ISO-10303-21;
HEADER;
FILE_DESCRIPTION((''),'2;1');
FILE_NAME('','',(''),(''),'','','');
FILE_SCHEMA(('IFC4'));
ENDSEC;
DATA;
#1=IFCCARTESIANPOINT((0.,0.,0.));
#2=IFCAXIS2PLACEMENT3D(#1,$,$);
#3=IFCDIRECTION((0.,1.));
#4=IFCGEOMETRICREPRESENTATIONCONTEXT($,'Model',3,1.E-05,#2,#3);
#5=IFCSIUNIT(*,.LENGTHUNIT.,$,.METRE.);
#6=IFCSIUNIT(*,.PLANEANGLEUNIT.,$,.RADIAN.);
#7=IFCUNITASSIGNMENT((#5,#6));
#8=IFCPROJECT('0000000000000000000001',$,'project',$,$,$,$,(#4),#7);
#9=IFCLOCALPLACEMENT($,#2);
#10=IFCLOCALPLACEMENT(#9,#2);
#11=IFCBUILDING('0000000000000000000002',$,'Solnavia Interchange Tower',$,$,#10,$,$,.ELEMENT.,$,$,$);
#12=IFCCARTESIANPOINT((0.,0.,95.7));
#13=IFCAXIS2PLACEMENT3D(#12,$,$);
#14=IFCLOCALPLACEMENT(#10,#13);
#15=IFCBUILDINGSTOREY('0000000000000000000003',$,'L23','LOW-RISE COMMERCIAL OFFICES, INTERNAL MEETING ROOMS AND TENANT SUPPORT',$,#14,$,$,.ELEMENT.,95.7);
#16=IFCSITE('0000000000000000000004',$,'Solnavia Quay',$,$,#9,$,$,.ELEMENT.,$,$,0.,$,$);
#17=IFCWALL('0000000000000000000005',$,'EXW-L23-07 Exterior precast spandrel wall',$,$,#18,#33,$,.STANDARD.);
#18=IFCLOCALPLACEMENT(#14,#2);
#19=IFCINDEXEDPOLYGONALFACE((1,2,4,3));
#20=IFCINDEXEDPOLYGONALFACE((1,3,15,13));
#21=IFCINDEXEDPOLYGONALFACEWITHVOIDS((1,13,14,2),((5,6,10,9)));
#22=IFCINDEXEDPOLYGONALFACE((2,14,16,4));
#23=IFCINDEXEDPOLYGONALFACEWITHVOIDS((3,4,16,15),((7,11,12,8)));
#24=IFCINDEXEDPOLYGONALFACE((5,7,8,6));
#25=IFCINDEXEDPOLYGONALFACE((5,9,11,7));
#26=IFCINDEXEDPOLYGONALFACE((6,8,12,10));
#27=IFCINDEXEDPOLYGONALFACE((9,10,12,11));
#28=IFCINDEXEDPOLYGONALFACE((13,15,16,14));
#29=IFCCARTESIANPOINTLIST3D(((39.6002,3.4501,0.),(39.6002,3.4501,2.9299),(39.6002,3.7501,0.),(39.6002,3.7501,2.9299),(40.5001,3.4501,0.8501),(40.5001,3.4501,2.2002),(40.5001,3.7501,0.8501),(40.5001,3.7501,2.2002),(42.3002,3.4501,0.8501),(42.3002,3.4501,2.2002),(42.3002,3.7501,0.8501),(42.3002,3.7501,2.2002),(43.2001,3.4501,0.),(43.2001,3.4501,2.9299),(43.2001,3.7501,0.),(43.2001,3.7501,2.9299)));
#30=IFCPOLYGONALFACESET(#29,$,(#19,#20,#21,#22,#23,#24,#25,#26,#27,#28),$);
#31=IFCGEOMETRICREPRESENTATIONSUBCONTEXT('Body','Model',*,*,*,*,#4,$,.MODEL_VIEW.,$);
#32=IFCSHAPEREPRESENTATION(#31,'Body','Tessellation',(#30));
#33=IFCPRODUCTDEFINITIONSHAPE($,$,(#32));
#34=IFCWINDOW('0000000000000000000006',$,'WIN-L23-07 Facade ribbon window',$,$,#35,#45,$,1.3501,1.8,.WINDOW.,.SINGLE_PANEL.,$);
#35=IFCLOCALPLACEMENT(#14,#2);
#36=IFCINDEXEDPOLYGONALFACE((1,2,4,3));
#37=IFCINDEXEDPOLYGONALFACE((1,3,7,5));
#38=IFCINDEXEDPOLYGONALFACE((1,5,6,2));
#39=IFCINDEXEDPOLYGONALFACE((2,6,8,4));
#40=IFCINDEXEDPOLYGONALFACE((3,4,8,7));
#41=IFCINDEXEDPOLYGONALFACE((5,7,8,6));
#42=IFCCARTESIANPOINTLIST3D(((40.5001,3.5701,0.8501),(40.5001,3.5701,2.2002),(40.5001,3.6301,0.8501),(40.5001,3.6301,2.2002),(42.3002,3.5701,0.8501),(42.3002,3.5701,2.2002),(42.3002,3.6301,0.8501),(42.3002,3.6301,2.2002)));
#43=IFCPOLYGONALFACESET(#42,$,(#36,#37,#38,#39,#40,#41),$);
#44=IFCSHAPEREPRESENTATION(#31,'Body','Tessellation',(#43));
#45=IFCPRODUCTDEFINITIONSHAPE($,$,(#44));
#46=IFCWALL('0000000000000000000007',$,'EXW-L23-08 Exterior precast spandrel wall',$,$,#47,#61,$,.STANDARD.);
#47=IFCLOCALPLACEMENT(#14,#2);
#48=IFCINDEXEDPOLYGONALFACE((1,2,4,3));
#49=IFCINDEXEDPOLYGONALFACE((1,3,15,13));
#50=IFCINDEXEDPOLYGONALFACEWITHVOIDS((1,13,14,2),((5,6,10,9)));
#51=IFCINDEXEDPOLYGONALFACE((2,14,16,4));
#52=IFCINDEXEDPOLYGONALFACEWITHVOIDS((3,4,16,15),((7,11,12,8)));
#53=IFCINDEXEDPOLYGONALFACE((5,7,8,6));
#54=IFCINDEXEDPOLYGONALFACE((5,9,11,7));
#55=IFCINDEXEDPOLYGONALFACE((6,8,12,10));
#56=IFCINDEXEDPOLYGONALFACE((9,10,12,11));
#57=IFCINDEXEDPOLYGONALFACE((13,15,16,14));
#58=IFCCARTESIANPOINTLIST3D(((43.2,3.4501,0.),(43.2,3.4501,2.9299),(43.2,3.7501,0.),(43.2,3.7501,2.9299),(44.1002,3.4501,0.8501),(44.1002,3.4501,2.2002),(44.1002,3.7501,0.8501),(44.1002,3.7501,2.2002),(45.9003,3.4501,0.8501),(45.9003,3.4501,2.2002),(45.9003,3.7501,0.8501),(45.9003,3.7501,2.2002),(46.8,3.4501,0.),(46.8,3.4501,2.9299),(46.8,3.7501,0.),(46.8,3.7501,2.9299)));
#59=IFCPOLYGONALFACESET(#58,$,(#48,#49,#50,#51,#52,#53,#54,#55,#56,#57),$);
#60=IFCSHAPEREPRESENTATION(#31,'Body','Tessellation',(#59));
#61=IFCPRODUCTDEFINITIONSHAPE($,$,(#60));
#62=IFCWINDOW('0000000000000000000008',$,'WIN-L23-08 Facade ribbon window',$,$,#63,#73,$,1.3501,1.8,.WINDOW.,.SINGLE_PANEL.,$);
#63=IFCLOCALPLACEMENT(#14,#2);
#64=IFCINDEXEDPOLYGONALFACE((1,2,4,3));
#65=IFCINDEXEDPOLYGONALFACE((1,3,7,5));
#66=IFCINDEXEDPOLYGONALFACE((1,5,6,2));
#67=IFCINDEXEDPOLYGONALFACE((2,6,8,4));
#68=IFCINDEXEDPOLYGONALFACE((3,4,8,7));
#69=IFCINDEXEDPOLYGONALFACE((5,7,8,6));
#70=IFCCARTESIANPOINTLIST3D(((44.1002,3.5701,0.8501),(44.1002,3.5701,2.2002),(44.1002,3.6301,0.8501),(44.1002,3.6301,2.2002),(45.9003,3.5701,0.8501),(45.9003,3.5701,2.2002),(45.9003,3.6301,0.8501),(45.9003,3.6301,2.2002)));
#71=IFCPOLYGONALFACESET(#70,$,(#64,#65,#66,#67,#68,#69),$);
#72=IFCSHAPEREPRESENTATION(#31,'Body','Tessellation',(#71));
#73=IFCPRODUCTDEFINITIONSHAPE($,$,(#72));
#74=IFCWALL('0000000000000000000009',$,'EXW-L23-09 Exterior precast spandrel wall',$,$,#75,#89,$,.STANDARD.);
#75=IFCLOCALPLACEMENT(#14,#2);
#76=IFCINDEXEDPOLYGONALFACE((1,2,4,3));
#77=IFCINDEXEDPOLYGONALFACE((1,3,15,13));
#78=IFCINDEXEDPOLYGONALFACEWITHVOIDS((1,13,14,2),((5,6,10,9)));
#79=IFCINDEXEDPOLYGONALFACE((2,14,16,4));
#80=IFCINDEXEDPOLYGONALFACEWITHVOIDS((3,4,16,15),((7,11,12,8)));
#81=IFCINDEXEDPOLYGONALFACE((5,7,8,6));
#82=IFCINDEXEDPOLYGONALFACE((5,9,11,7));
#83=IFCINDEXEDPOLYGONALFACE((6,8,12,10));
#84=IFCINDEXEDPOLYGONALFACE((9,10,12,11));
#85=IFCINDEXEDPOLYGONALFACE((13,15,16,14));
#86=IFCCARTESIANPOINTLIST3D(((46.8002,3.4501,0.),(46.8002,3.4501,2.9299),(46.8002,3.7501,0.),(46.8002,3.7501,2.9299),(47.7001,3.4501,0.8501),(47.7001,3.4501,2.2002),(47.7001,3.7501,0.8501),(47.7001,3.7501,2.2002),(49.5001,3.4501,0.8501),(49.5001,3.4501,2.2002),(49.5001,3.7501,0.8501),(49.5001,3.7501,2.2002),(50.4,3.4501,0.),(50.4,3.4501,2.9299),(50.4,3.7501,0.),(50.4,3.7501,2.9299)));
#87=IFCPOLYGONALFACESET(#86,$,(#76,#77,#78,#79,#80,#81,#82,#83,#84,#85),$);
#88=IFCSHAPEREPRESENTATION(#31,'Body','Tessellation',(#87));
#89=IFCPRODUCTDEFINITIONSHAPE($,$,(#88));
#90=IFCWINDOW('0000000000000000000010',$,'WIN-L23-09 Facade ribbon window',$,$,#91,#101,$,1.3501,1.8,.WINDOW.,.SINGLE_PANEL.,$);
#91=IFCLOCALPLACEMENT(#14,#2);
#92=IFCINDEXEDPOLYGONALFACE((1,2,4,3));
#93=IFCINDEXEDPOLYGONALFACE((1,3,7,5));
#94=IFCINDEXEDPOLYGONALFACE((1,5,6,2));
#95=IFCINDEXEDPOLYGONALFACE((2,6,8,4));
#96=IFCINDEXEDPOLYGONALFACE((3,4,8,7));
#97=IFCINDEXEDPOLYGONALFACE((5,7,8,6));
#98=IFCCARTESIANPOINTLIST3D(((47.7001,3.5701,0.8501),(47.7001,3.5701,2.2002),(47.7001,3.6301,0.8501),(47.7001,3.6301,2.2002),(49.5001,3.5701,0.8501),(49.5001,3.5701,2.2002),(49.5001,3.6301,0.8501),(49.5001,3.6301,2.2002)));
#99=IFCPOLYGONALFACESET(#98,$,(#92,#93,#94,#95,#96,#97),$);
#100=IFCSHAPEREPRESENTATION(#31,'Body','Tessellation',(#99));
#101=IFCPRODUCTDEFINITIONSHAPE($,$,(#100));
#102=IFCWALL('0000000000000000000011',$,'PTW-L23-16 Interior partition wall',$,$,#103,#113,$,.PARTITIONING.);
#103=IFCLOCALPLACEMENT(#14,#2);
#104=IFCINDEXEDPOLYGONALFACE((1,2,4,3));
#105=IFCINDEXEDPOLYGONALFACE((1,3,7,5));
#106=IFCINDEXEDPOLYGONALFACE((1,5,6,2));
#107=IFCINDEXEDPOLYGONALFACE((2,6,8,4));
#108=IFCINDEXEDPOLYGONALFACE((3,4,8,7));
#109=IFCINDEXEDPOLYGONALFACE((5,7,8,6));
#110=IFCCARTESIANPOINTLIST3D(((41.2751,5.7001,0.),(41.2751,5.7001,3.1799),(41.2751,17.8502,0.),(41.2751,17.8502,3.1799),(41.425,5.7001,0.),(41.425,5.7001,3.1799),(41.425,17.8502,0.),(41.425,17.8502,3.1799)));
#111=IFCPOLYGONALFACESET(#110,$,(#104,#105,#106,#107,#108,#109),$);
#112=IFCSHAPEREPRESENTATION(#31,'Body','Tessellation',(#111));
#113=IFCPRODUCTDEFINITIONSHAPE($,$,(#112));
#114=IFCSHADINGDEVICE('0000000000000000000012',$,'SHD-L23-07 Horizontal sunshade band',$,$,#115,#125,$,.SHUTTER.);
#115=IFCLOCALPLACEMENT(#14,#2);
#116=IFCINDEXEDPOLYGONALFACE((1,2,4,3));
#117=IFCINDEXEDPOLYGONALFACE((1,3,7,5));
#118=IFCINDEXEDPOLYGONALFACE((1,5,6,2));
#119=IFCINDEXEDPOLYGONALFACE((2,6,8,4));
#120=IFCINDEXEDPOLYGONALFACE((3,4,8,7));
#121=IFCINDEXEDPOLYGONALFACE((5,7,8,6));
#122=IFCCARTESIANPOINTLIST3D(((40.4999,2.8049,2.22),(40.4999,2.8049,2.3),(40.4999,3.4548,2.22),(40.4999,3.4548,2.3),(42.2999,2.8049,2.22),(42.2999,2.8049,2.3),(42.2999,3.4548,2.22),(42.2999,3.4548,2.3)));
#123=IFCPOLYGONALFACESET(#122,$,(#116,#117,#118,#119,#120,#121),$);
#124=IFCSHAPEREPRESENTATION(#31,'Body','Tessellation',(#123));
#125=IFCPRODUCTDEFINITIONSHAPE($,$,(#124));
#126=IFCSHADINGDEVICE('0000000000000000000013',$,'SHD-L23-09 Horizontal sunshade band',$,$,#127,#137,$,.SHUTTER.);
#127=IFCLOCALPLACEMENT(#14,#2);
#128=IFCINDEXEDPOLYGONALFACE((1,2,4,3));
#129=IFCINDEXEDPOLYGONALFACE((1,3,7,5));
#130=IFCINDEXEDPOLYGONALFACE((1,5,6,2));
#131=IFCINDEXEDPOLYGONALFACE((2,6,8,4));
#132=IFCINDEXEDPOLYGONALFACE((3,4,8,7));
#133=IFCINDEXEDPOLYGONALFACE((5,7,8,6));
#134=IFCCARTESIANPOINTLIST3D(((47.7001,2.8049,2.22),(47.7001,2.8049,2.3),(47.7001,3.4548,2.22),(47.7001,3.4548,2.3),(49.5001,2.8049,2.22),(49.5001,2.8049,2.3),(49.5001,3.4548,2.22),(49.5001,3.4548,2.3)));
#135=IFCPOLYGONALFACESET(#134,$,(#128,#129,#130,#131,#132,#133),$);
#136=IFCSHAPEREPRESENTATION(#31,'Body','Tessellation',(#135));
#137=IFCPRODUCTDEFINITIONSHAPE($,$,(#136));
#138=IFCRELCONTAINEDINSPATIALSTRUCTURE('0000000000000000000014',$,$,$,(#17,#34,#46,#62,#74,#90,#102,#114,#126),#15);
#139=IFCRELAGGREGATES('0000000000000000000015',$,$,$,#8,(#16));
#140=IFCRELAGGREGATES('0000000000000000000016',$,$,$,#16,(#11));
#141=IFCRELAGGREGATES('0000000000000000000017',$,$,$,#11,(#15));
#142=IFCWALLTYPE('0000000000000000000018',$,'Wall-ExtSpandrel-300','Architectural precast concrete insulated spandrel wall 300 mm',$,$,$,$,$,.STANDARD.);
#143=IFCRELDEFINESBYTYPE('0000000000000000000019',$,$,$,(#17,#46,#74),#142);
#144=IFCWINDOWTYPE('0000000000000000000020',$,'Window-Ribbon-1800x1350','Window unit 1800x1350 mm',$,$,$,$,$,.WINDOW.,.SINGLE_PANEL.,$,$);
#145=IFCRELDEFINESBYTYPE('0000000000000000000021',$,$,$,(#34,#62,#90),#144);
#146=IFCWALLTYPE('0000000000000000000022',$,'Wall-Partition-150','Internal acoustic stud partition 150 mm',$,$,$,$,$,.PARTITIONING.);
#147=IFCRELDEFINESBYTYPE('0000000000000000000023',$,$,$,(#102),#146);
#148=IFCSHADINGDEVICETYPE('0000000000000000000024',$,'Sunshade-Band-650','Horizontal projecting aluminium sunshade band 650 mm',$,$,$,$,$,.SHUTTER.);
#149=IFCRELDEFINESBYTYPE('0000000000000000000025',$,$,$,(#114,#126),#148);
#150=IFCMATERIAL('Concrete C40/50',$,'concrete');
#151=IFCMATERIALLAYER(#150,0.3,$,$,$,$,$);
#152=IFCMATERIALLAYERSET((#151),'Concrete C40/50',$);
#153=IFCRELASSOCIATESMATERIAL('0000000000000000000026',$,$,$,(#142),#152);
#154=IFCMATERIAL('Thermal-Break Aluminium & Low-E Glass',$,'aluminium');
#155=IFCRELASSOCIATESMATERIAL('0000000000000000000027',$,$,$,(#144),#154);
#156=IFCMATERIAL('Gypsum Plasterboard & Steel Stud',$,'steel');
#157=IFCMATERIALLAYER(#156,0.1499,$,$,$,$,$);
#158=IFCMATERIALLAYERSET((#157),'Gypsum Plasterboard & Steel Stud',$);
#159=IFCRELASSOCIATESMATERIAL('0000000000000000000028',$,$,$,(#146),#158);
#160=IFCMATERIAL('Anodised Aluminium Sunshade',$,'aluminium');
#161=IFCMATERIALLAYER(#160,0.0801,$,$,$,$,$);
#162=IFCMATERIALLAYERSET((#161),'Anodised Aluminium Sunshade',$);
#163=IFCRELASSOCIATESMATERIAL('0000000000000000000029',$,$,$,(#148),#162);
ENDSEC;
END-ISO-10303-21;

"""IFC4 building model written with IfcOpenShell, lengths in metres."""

from ifc_helpers import new_model, si_unit, direction, frame, frame_2d, origin, origin_2d, place, context, subcontext, project, spatial, rectangle, extrude, material, layer, layer_set, type_object, element, fill, save


model = new_model("IFC4")

# Units and contexts
model_context = context("Model", 3, precision=1e-05, world=origin(), true_north=direction((0.0, 1.0)))
body_context = subcontext(model_context, "Body", "Model", "MODEL_VIEW")
ifc_project = project(units=[si_unit("LENGTHUNIT", "METRE"), si_unit("PLANEANGLEUNIT", "RADIAN")], contexts=[model_context])

# Site, building, storey
site_placement = place(None, origin())
site = spatial("IfcSite", under=ifc_project, at=site_placement, Name="Solnavia Quay", CompositionType="ELEMENT", RefElevation=0.0)
building_placement = place(site_placement, origin())
building = spatial("IfcBuilding", under=site, at=building_placement, Name="Solnavia Interchange Tower", CompositionType="ELEMENT")
storey_placement = place(building_placement, frame((0.0, 0.0, 95.7)))
storey = spatial("IfcBuildingStorey", under=building, at=storey_placement, Name="L23", Description="LOW-RISE COMMERCIAL OFFICES, INTERNAL MEETING ROOMS AND TENANT SUPPORT", CompositionType="ELEMENT", Elevation=95.7)

# Walls, openings, windows
ifc_material_1 = material(Name="Concrete C40/50", Category="concrete")
ifc_layer_1 = layer(ifc_material_1, 0.3)
ifc_layer_set_1 = layer_set([ifc_layer_1], Name="Concrete C40/50")
wall_type_1 = type_object("IfcWallType", Name="Wall-ExtSpandrel-300", Description="Architectural precast concrete insulated spandrel wall 300 mm", PredefinedType="STANDARD", material=ifc_layer_set_1)
wall_1_placement = place(storey_placement, frame((43.2, 3.6001, 0.0), z_axis=(0.0, 0.0, 1.0), x_axis=(-1.0, 0.0, 0.0)))
wall_1 = element("IfcWall", 1, at=wall_1_placement, inside=storey, type_object=wall_type_1, Name="EXW-L23-07 Exterior precast spandrel wall", PredefinedType="STANDARD", context=body_context, shape_type="SweptSolid", body=[
    extrude(rectangle(XDim=3.5999, YDim=0.3, at=frame_2d((1.7998, 0.0))), origin(), (0.0, 0.0, 1.0), 2.9299),
])
opening_1_placement = place(wall_1_placement, frame((0.8999, 0.0, 0.8501)))
opening_1 = element("IfcOpeningElement", 2, at=opening_1_placement, cuts=wall_1, PredefinedType="OPENING", context=body_context, shape_type="SweptSolid", body=[
    extrude(rectangle(XDim=1.8, YDim=1.3501, at=frame_2d((0.8999, 0.675))), frame((0.0, 0.1602, 0.0), z_axis=(0.0, -1.0, 0.0), x_axis=(1.0, 0.0, 0.0)), (0.0, 0.0, 1.0), 0.3201),
])
ifc_material_2 = material(Name="Thermal-Break Aluminium & Low-E Glass", Category="aluminium")
window_type = type_object("IfcWindowType", Name="Window-Ribbon-1800x1350", Description="Window unit 1800x1350 mm", PartitioningType="SINGLE_PANEL", PredefinedType="WINDOW", material=ifc_material_2)
window_1_placement = place(opening_1_placement, origin())
window_1 = element("IfcWindow", 3, at=window_1_placement, inside=storey, type_object=window_type, Name="WIN-L23-07 Facade ribbon window", OverallHeight=1.3501, OverallWidth=1.8, PartitioningType="SINGLE_PANEL", PredefinedType="WINDOW", context=body_context, shape_type="SweptSolid", body=[
    extrude(rectangle(XDim=1.8, YDim=1.3501, at=frame_2d((0.8999, 0.675))), frame((0.0, 0.03, 0.0), z_axis=(0.0, -1.0, 0.0), x_axis=(1.0, 0.0, 0.0)), (0.0, 0.0, 1.0), 0.0601),
])
fill(opening_1, window_1)
wall_2_placement = place(storey_placement, frame((46.8, 3.6001, 0.0), z_axis=(0.0, 0.0, 1.0), x_axis=(-1.0, 0.0, 0.0)))
wall_2 = element("IfcWall", 4, at=wall_2_placement, inside=storey, type_object=wall_type_1, Name="EXW-L23-08 Exterior precast spandrel wall", PredefinedType="STANDARD", context=body_context, shape_type="SweptSolid", body=[
    extrude(rectangle(XDim=3.6001, YDim=0.3, at=frame_2d((1.8, 0.0))), origin(), (0.0, 0.0, 1.0), 2.9299),
])
opening_2_placement = place(wall_2_placement, frame((0.8999, 0.0, 0.8501)))
opening_2 = element("IfcOpeningElement", 5, at=opening_2_placement, cuts=wall_2, PredefinedType="OPENING", context=body_context, shape_type="SweptSolid", body=[
    extrude(rectangle(XDim=1.8, YDim=1.3501, at=frame_2d((0.8999, 0.675))), frame((0.0, 0.1602, 0.0), z_axis=(0.0, -1.0, 0.0), x_axis=(1.0, 0.0, 0.0)), (0.0, 0.0, 1.0), 0.3201),
])
window_2_placement = place(opening_2_placement, origin())
window_2 = element("IfcWindow", 6, at=window_2_placement, inside=storey, type_object=window_type, Name="WIN-L23-08 Facade ribbon window", OverallHeight=1.3501, OverallWidth=1.8, PartitioningType="SINGLE_PANEL", PredefinedType="WINDOW", context=body_context, shape_type="SweptSolid", body=[
    extrude(rectangle(XDim=1.8, YDim=1.3501, at=frame_2d((0.8999, 0.675))), frame((0.0, 0.03, 0.0), z_axis=(0.0, -1.0, 0.0), x_axis=(1.0, 0.0, 0.0)), (0.0, 0.0, 1.0), 0.0601),
])
fill(opening_2, window_2)
wall_3_placement = place(storey_placement, frame((50.3999, 3.6001, 0.0), z_axis=(0.0, 0.0, 1.0), x_axis=(-1.0, 0.0, 0.0)))
wall_3 = element("IfcWall", 7, at=wall_3_placement, inside=storey, type_object=wall_type_1, Name="EXW-L23-09 Exterior precast spandrel wall", PredefinedType="STANDARD", context=body_context, shape_type="SweptSolid", body=[
    extrude(rectangle(XDim=3.5999, YDim=0.3, at=frame_2d((1.7998, 0.0))), origin(), (0.0, 0.0, 1.0), 2.9299),
])
opening_3_placement = place(wall_3_placement, frame((0.8999, 0.0, 0.8501)))
opening_3 = element("IfcOpeningElement", 8, at=opening_3_placement, cuts=wall_3, PredefinedType="OPENING", context=body_context, shape_type="SweptSolid", body=[
    extrude(rectangle(XDim=1.8, YDim=1.3501, at=frame_2d((0.8999, 0.675))), frame((0.0, 0.1602, 0.0), z_axis=(0.0, -1.0, 0.0), x_axis=(1.0, 0.0, 0.0)), (0.0, 0.0, 1.0), 0.3201),
])
window_3_placement = place(opening_3_placement, origin())
window_3 = element("IfcWindow", 9, at=window_3_placement, inside=storey, type_object=window_type, Name="WIN-L23-09 Facade ribbon window", OverallHeight=1.3501, OverallWidth=1.8, PartitioningType="SINGLE_PANEL", PredefinedType="WINDOW", context=body_context, shape_type="SweptSolid", body=[
    extrude(rectangle(XDim=1.8, YDim=1.3501, at=frame_2d((0.8999, 0.675))), frame((0.0, 0.03, 0.0), z_axis=(0.0, -1.0, 0.0), x_axis=(1.0, 0.0, 0.0)), (0.0, 0.0, 1.0), 0.0601),
])
fill(opening_3, window_3)

# Wall
ifc_material_3 = material(Name="Gypsum Plasterboard & Steel Stud", Category="steel")
ifc_layer_2 = layer(ifc_material_3, 0.1499)
ifc_layer_set_2 = layer_set([ifc_layer_2], Name="Gypsum Plasterboard & Steel Stud")
wall_type_2 = type_object("IfcWallType", Name="Wall-Partition-150", Description="Internal acoustic stud partition 150 mm", PredefinedType="PARTITIONING", material=ifc_layer_set_2)
wall_4_placement = place(storey_placement, frame((41.3501, 5.7, 0.0), z_axis=(0.0, 0.0, 1.0), x_axis=(0.0, 1.0, 0.0)))
element("IfcWall", 10, at=wall_4_placement, inside=storey, type_object=wall_type_2, Name="PTW-L23-16 Interior partition wall", PredefinedType="PARTITIONING", context=body_context, shape_type="SweptSolid", body=[
    extrude(rectangle(XDim=12.1501, YDim=0.1499, at=frame_2d((6.0752, 0.0))), origin(), (0.0, 0.0, 1.0), 3.1799),
])

# Shading devices
ifc_material_4 = material(Name="Anodised Aluminium Sunshade", Category="aluminium")
ifc_layer_3 = layer(ifc_material_4, 0.0801)
ifc_layer_set_3 = layer_set([ifc_layer_3], Name="Anodised Aluminium Sunshade")
shading_device_type = type_object("IfcShadingDeviceType", Name="Sunshade-Band-650", Description="Horizontal projecting aluminium sunshade band 650 mm", PredefinedType="SHUTTER", material=ifc_layer_set_3)
for number, where, z_axis, x_axis, name in (
    (11, (41.3999, 3.1299, 2.22), (0.0, 0.0, 1.0), (-1.0, 0.0, 0.0), "SHD-L23-07 Horizontal sunshade band"),
    (12, (48.6001, 3.1299, 2.22), (0.0, 0.0, 1.0), (-1.0, 0.0, 0.0), "SHD-L23-09 Horizontal sunshade band"),
):
    element("IfcShadingDevice", number, at=place(storey_placement, frame(where, z_axis=z_axis, x_axis=x_axis)), inside=storey, type_object=shading_device_type, Name=name, PredefinedType="SHUTTER", context=body_context, shape_type="SweptSolid", body=[
        extrude(rectangle(XDim=1.8, YDim=0.6499, at=origin_2d()), origin(), (0.0, 0.0, 1.0), 0.0801),
    ])

save(model, "model.ifc")
